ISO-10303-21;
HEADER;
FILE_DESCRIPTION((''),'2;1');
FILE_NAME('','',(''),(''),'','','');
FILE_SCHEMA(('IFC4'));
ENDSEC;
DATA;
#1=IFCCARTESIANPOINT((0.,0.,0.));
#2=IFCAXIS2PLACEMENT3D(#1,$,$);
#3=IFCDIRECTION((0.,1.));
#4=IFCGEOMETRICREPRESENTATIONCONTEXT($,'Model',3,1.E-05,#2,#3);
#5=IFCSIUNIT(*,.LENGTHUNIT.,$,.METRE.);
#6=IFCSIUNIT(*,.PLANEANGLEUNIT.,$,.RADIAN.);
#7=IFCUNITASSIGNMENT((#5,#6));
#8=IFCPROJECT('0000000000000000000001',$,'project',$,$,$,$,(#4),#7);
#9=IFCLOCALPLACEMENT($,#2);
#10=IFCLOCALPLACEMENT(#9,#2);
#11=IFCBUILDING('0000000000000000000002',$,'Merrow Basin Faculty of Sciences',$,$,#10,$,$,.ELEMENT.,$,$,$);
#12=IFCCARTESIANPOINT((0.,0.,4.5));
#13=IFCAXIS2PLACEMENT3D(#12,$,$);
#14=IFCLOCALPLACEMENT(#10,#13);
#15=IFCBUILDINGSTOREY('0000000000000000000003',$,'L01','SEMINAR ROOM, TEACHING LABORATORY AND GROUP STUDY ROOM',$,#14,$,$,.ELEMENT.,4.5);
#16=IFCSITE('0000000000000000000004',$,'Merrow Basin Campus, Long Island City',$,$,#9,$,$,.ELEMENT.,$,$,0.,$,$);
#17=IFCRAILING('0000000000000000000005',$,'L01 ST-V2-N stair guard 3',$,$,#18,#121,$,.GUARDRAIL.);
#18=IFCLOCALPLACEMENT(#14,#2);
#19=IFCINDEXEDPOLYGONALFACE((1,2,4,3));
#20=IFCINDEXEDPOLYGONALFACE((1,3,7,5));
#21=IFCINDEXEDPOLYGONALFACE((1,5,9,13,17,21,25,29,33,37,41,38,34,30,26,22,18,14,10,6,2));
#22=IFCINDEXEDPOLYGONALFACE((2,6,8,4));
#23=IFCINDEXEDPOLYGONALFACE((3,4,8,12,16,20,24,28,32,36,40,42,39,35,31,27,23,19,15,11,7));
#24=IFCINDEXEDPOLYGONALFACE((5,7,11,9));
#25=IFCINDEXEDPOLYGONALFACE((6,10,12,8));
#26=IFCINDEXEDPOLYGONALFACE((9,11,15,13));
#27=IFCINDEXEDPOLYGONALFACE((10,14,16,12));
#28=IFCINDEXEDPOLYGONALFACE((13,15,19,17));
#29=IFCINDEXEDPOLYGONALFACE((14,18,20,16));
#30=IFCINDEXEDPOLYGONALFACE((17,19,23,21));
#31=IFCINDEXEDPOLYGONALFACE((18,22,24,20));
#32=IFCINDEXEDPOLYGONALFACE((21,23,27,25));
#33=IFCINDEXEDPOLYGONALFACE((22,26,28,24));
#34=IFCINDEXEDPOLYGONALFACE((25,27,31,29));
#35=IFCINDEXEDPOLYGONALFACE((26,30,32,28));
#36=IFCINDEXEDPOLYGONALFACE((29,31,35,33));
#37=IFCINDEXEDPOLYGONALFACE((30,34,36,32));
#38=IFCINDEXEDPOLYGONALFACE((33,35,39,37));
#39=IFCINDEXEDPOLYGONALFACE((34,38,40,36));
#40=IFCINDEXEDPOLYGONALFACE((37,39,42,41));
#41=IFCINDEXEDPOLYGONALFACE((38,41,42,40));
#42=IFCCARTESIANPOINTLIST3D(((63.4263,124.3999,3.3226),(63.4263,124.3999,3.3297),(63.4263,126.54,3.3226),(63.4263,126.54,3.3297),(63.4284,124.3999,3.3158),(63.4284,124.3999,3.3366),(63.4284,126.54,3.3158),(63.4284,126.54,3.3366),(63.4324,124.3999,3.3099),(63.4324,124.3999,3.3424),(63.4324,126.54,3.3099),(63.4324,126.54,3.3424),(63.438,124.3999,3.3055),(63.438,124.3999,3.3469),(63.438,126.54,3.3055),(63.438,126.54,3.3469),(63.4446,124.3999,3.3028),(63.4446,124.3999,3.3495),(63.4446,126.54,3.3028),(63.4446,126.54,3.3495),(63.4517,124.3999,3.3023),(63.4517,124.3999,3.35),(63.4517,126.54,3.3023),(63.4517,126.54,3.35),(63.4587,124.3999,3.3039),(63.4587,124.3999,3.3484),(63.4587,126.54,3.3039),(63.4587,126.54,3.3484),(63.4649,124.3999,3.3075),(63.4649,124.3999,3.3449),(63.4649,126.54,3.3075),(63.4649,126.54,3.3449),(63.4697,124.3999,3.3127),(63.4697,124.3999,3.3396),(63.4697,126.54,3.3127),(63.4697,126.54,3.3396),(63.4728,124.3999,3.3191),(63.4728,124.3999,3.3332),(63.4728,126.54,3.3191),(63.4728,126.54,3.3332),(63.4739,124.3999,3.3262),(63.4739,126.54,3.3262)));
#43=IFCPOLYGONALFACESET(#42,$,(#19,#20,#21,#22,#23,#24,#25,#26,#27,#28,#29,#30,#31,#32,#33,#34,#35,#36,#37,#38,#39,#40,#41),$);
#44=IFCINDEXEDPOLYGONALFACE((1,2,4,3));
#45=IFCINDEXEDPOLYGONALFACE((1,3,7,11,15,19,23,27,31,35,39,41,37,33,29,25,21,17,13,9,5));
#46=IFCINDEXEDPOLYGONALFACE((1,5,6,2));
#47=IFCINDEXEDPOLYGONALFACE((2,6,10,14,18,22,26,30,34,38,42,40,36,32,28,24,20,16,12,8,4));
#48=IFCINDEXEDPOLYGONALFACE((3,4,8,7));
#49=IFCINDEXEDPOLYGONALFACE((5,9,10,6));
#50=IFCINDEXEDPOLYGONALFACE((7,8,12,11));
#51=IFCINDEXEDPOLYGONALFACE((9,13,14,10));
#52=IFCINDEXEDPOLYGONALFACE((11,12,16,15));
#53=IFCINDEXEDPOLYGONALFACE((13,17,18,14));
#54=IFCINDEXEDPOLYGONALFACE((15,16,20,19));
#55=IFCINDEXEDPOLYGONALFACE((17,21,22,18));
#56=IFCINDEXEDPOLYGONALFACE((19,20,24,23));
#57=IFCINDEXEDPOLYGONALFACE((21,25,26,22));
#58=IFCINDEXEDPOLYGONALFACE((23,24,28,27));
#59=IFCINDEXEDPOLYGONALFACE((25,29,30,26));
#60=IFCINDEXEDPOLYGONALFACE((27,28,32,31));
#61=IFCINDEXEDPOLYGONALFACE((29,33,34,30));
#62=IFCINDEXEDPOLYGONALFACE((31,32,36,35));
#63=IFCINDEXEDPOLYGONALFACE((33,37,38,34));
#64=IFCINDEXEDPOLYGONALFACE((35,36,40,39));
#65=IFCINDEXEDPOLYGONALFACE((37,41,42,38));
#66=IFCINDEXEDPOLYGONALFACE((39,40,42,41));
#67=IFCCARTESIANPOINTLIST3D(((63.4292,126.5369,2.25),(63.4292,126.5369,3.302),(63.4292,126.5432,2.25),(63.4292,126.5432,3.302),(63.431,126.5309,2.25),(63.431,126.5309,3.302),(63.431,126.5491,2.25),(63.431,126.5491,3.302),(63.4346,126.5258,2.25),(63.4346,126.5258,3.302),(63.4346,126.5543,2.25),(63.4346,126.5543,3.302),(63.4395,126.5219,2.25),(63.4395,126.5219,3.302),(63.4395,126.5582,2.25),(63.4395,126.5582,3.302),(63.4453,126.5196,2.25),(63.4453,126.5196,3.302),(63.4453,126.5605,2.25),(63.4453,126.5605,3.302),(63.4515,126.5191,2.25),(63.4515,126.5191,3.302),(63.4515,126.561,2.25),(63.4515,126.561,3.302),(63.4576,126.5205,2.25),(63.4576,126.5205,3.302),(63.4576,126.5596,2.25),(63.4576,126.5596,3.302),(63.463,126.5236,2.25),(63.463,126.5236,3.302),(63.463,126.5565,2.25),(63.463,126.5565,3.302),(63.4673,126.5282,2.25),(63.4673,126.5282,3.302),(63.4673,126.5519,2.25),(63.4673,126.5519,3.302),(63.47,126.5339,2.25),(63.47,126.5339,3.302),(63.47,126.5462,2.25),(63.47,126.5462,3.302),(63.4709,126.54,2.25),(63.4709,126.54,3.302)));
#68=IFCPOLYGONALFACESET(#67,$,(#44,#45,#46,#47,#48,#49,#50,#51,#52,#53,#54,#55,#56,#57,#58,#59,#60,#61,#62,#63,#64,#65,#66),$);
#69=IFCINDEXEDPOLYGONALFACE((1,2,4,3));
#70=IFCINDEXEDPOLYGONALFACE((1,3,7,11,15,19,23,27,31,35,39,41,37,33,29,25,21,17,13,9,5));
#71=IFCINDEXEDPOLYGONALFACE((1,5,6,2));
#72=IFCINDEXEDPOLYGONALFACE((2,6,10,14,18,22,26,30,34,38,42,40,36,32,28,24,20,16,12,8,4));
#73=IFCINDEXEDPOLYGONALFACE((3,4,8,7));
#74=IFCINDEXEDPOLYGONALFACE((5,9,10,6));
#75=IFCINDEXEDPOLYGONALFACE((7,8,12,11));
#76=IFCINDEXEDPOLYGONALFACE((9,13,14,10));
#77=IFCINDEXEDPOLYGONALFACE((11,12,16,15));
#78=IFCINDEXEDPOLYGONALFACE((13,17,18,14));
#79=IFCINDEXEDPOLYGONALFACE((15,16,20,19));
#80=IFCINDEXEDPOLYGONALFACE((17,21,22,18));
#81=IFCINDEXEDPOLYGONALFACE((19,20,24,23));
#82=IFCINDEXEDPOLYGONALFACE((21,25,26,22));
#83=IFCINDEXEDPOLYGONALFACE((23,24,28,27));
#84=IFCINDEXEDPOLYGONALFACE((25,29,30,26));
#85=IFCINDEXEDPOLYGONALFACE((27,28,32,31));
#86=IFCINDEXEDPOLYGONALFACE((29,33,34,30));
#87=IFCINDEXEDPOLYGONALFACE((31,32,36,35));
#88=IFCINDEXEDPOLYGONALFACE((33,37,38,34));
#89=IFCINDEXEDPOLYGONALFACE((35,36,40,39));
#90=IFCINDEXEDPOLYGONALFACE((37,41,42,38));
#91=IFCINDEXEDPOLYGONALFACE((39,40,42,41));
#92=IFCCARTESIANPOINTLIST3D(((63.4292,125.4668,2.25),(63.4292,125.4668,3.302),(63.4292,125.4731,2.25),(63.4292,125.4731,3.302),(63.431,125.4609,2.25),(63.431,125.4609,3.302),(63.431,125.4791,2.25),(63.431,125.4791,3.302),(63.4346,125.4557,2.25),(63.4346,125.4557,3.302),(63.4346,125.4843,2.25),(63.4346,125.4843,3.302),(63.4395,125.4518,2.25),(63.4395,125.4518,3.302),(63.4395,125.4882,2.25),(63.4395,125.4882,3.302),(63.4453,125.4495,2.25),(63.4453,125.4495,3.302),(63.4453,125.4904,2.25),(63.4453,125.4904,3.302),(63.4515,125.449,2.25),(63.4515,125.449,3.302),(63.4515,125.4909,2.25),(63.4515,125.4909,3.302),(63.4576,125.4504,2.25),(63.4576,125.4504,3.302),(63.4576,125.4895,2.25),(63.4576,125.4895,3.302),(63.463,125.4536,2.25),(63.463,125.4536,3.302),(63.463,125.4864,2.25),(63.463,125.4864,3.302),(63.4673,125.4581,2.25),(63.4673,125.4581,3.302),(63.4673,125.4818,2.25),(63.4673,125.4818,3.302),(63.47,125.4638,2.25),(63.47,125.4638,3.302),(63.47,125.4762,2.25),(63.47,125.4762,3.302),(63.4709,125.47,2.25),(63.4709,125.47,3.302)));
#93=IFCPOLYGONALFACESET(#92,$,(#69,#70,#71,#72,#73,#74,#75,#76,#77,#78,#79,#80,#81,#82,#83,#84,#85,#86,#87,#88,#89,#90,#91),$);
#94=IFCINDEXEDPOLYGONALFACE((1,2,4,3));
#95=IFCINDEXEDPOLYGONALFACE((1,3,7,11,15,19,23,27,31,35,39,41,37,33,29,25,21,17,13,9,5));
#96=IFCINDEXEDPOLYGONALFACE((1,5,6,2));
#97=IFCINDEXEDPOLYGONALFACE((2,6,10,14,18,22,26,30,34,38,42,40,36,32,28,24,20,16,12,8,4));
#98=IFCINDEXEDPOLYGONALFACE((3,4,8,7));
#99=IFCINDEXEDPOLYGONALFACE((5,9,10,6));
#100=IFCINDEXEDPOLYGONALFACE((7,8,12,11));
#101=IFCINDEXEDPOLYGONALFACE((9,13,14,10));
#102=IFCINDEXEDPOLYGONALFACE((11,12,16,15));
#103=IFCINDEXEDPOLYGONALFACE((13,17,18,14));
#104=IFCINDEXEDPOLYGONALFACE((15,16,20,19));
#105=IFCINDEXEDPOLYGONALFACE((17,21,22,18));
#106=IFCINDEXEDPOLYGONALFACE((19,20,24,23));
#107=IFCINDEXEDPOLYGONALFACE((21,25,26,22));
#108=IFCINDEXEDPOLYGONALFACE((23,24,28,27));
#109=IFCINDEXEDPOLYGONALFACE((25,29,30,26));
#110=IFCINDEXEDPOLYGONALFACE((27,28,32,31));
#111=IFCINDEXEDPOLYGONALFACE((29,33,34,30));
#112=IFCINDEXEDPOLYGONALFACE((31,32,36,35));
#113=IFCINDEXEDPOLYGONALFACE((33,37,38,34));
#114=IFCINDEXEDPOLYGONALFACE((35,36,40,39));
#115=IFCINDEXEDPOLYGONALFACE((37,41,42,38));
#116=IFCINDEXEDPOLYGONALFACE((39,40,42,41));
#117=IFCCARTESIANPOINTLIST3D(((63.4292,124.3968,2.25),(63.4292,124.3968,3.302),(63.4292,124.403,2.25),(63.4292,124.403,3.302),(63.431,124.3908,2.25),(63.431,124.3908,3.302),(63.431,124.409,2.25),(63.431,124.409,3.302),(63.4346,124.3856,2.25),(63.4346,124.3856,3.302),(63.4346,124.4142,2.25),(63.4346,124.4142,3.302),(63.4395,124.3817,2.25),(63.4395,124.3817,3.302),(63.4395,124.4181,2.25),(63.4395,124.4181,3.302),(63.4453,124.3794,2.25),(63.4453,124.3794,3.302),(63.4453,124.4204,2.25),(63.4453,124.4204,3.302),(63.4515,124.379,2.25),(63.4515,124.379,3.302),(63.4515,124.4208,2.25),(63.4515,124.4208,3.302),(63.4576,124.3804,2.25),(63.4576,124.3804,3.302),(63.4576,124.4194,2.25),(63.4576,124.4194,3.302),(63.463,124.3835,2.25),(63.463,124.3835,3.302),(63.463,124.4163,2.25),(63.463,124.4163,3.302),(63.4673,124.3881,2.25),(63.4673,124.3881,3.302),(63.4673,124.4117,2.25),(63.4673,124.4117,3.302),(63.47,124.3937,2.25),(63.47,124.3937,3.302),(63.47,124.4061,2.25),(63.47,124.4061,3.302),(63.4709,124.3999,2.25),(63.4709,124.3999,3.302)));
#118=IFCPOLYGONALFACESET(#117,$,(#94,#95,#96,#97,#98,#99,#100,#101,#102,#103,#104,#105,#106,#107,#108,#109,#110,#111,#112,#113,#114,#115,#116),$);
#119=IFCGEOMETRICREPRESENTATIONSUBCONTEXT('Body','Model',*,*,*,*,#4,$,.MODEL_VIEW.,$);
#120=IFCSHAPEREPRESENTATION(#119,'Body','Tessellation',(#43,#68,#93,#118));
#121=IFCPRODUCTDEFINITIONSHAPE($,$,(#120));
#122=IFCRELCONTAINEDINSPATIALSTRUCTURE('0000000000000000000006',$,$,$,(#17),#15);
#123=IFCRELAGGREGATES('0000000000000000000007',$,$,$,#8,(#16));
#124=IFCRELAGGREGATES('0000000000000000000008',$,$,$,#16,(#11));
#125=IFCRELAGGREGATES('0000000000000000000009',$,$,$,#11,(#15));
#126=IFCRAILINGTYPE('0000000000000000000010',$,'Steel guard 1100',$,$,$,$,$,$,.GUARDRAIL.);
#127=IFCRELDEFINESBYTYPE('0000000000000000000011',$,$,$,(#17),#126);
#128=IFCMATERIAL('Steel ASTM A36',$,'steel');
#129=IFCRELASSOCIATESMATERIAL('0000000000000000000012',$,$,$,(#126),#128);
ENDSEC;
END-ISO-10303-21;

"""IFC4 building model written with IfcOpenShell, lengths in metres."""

from ifc_helpers import new_model, si_unit, direction, frame, origin, origin_2d, place, context, subcontext, project, spatial, circle, extrude, material, type_object, element, save


model = new_model("IFC4")

# Units and contexts
model_context = context("Model", 3, precision=1e-05, world=origin(), true_north=direction((0.0, 1.0)))
body_context = subcontext(model_context, "Body", "Model", "MODEL_VIEW")
ifc_project = project(units=[si_unit("LENGTHUNIT", "METRE"), si_unit("PLANEANGLEUNIT", "RADIAN")], contexts=[model_context])

# Site, building, storey
site_placement = place(None, origin())
site = spatial("IfcSite", under=ifc_project, at=site_placement, Name="Merrow Basin Campus, Long Island City", CompositionType="ELEMENT", RefElevation=0.0)
building_placement = place(site_placement, origin())
building = spatial("IfcBuilding", under=site, at=building_placement, Name="Merrow Basin Faculty of Sciences", CompositionType="ELEMENT")
storey_placement = place(building_placement, frame((0.0, 0.0, 4.5)))
storey = spatial("IfcBuildingStorey", under=building, at=storey_placement, Name="L01", Description="SEMINAR ROOM, TEACHING LABORATORY AND GROUP STUDY ROOM", CompositionType="ELEMENT", Elevation=4.5)

# Railing
ifc_material_1 = material(Name="Steel ASTM A36", Category="steel")
railing_type_1 = type_object("IfcRailingType", Name="Steel guard 1100", PredefinedType="GUARDRAIL", material=ifc_material_1)
railing_1_placement = place(storey_placement, frame((63.45, 126.54, 2.25)))
element("IfcRailing", 1, at=railing_1_placement, inside=storey, type_object=railing_type_1, Name="L01 ST-V2-N stair guard 3", PredefinedType="GUARDRAIL", context=body_context, shape_type="SweptSolid", body=[
    extrude(circle(Radius=0.0239, at=origin_2d()), frame((0.0, 0.0, 1.0762), z_axis=(0.0, -1.0, 0.0), x_axis=(1.0, 0.0, 0.0)), (0.0, 0.0, 1.0), 2.1401),
    extrude(circle(Radius=0.021, at=origin_2d()), origin(), (0.0, 0.0, 1.0), 1.052),
    extrude(circle(Radius=0.021, at=origin_2d()), frame((0.0, -1.0701, 0.0)), (0.0, 0.0, 1.0), 1.052),
    extrude(circle(Radius=0.021, at=origin_2d()), frame((0.0, -2.1401, 0.0)), (0.0, 0.0, 1.0), 1.052),
])

save(model, "model.ifc")
